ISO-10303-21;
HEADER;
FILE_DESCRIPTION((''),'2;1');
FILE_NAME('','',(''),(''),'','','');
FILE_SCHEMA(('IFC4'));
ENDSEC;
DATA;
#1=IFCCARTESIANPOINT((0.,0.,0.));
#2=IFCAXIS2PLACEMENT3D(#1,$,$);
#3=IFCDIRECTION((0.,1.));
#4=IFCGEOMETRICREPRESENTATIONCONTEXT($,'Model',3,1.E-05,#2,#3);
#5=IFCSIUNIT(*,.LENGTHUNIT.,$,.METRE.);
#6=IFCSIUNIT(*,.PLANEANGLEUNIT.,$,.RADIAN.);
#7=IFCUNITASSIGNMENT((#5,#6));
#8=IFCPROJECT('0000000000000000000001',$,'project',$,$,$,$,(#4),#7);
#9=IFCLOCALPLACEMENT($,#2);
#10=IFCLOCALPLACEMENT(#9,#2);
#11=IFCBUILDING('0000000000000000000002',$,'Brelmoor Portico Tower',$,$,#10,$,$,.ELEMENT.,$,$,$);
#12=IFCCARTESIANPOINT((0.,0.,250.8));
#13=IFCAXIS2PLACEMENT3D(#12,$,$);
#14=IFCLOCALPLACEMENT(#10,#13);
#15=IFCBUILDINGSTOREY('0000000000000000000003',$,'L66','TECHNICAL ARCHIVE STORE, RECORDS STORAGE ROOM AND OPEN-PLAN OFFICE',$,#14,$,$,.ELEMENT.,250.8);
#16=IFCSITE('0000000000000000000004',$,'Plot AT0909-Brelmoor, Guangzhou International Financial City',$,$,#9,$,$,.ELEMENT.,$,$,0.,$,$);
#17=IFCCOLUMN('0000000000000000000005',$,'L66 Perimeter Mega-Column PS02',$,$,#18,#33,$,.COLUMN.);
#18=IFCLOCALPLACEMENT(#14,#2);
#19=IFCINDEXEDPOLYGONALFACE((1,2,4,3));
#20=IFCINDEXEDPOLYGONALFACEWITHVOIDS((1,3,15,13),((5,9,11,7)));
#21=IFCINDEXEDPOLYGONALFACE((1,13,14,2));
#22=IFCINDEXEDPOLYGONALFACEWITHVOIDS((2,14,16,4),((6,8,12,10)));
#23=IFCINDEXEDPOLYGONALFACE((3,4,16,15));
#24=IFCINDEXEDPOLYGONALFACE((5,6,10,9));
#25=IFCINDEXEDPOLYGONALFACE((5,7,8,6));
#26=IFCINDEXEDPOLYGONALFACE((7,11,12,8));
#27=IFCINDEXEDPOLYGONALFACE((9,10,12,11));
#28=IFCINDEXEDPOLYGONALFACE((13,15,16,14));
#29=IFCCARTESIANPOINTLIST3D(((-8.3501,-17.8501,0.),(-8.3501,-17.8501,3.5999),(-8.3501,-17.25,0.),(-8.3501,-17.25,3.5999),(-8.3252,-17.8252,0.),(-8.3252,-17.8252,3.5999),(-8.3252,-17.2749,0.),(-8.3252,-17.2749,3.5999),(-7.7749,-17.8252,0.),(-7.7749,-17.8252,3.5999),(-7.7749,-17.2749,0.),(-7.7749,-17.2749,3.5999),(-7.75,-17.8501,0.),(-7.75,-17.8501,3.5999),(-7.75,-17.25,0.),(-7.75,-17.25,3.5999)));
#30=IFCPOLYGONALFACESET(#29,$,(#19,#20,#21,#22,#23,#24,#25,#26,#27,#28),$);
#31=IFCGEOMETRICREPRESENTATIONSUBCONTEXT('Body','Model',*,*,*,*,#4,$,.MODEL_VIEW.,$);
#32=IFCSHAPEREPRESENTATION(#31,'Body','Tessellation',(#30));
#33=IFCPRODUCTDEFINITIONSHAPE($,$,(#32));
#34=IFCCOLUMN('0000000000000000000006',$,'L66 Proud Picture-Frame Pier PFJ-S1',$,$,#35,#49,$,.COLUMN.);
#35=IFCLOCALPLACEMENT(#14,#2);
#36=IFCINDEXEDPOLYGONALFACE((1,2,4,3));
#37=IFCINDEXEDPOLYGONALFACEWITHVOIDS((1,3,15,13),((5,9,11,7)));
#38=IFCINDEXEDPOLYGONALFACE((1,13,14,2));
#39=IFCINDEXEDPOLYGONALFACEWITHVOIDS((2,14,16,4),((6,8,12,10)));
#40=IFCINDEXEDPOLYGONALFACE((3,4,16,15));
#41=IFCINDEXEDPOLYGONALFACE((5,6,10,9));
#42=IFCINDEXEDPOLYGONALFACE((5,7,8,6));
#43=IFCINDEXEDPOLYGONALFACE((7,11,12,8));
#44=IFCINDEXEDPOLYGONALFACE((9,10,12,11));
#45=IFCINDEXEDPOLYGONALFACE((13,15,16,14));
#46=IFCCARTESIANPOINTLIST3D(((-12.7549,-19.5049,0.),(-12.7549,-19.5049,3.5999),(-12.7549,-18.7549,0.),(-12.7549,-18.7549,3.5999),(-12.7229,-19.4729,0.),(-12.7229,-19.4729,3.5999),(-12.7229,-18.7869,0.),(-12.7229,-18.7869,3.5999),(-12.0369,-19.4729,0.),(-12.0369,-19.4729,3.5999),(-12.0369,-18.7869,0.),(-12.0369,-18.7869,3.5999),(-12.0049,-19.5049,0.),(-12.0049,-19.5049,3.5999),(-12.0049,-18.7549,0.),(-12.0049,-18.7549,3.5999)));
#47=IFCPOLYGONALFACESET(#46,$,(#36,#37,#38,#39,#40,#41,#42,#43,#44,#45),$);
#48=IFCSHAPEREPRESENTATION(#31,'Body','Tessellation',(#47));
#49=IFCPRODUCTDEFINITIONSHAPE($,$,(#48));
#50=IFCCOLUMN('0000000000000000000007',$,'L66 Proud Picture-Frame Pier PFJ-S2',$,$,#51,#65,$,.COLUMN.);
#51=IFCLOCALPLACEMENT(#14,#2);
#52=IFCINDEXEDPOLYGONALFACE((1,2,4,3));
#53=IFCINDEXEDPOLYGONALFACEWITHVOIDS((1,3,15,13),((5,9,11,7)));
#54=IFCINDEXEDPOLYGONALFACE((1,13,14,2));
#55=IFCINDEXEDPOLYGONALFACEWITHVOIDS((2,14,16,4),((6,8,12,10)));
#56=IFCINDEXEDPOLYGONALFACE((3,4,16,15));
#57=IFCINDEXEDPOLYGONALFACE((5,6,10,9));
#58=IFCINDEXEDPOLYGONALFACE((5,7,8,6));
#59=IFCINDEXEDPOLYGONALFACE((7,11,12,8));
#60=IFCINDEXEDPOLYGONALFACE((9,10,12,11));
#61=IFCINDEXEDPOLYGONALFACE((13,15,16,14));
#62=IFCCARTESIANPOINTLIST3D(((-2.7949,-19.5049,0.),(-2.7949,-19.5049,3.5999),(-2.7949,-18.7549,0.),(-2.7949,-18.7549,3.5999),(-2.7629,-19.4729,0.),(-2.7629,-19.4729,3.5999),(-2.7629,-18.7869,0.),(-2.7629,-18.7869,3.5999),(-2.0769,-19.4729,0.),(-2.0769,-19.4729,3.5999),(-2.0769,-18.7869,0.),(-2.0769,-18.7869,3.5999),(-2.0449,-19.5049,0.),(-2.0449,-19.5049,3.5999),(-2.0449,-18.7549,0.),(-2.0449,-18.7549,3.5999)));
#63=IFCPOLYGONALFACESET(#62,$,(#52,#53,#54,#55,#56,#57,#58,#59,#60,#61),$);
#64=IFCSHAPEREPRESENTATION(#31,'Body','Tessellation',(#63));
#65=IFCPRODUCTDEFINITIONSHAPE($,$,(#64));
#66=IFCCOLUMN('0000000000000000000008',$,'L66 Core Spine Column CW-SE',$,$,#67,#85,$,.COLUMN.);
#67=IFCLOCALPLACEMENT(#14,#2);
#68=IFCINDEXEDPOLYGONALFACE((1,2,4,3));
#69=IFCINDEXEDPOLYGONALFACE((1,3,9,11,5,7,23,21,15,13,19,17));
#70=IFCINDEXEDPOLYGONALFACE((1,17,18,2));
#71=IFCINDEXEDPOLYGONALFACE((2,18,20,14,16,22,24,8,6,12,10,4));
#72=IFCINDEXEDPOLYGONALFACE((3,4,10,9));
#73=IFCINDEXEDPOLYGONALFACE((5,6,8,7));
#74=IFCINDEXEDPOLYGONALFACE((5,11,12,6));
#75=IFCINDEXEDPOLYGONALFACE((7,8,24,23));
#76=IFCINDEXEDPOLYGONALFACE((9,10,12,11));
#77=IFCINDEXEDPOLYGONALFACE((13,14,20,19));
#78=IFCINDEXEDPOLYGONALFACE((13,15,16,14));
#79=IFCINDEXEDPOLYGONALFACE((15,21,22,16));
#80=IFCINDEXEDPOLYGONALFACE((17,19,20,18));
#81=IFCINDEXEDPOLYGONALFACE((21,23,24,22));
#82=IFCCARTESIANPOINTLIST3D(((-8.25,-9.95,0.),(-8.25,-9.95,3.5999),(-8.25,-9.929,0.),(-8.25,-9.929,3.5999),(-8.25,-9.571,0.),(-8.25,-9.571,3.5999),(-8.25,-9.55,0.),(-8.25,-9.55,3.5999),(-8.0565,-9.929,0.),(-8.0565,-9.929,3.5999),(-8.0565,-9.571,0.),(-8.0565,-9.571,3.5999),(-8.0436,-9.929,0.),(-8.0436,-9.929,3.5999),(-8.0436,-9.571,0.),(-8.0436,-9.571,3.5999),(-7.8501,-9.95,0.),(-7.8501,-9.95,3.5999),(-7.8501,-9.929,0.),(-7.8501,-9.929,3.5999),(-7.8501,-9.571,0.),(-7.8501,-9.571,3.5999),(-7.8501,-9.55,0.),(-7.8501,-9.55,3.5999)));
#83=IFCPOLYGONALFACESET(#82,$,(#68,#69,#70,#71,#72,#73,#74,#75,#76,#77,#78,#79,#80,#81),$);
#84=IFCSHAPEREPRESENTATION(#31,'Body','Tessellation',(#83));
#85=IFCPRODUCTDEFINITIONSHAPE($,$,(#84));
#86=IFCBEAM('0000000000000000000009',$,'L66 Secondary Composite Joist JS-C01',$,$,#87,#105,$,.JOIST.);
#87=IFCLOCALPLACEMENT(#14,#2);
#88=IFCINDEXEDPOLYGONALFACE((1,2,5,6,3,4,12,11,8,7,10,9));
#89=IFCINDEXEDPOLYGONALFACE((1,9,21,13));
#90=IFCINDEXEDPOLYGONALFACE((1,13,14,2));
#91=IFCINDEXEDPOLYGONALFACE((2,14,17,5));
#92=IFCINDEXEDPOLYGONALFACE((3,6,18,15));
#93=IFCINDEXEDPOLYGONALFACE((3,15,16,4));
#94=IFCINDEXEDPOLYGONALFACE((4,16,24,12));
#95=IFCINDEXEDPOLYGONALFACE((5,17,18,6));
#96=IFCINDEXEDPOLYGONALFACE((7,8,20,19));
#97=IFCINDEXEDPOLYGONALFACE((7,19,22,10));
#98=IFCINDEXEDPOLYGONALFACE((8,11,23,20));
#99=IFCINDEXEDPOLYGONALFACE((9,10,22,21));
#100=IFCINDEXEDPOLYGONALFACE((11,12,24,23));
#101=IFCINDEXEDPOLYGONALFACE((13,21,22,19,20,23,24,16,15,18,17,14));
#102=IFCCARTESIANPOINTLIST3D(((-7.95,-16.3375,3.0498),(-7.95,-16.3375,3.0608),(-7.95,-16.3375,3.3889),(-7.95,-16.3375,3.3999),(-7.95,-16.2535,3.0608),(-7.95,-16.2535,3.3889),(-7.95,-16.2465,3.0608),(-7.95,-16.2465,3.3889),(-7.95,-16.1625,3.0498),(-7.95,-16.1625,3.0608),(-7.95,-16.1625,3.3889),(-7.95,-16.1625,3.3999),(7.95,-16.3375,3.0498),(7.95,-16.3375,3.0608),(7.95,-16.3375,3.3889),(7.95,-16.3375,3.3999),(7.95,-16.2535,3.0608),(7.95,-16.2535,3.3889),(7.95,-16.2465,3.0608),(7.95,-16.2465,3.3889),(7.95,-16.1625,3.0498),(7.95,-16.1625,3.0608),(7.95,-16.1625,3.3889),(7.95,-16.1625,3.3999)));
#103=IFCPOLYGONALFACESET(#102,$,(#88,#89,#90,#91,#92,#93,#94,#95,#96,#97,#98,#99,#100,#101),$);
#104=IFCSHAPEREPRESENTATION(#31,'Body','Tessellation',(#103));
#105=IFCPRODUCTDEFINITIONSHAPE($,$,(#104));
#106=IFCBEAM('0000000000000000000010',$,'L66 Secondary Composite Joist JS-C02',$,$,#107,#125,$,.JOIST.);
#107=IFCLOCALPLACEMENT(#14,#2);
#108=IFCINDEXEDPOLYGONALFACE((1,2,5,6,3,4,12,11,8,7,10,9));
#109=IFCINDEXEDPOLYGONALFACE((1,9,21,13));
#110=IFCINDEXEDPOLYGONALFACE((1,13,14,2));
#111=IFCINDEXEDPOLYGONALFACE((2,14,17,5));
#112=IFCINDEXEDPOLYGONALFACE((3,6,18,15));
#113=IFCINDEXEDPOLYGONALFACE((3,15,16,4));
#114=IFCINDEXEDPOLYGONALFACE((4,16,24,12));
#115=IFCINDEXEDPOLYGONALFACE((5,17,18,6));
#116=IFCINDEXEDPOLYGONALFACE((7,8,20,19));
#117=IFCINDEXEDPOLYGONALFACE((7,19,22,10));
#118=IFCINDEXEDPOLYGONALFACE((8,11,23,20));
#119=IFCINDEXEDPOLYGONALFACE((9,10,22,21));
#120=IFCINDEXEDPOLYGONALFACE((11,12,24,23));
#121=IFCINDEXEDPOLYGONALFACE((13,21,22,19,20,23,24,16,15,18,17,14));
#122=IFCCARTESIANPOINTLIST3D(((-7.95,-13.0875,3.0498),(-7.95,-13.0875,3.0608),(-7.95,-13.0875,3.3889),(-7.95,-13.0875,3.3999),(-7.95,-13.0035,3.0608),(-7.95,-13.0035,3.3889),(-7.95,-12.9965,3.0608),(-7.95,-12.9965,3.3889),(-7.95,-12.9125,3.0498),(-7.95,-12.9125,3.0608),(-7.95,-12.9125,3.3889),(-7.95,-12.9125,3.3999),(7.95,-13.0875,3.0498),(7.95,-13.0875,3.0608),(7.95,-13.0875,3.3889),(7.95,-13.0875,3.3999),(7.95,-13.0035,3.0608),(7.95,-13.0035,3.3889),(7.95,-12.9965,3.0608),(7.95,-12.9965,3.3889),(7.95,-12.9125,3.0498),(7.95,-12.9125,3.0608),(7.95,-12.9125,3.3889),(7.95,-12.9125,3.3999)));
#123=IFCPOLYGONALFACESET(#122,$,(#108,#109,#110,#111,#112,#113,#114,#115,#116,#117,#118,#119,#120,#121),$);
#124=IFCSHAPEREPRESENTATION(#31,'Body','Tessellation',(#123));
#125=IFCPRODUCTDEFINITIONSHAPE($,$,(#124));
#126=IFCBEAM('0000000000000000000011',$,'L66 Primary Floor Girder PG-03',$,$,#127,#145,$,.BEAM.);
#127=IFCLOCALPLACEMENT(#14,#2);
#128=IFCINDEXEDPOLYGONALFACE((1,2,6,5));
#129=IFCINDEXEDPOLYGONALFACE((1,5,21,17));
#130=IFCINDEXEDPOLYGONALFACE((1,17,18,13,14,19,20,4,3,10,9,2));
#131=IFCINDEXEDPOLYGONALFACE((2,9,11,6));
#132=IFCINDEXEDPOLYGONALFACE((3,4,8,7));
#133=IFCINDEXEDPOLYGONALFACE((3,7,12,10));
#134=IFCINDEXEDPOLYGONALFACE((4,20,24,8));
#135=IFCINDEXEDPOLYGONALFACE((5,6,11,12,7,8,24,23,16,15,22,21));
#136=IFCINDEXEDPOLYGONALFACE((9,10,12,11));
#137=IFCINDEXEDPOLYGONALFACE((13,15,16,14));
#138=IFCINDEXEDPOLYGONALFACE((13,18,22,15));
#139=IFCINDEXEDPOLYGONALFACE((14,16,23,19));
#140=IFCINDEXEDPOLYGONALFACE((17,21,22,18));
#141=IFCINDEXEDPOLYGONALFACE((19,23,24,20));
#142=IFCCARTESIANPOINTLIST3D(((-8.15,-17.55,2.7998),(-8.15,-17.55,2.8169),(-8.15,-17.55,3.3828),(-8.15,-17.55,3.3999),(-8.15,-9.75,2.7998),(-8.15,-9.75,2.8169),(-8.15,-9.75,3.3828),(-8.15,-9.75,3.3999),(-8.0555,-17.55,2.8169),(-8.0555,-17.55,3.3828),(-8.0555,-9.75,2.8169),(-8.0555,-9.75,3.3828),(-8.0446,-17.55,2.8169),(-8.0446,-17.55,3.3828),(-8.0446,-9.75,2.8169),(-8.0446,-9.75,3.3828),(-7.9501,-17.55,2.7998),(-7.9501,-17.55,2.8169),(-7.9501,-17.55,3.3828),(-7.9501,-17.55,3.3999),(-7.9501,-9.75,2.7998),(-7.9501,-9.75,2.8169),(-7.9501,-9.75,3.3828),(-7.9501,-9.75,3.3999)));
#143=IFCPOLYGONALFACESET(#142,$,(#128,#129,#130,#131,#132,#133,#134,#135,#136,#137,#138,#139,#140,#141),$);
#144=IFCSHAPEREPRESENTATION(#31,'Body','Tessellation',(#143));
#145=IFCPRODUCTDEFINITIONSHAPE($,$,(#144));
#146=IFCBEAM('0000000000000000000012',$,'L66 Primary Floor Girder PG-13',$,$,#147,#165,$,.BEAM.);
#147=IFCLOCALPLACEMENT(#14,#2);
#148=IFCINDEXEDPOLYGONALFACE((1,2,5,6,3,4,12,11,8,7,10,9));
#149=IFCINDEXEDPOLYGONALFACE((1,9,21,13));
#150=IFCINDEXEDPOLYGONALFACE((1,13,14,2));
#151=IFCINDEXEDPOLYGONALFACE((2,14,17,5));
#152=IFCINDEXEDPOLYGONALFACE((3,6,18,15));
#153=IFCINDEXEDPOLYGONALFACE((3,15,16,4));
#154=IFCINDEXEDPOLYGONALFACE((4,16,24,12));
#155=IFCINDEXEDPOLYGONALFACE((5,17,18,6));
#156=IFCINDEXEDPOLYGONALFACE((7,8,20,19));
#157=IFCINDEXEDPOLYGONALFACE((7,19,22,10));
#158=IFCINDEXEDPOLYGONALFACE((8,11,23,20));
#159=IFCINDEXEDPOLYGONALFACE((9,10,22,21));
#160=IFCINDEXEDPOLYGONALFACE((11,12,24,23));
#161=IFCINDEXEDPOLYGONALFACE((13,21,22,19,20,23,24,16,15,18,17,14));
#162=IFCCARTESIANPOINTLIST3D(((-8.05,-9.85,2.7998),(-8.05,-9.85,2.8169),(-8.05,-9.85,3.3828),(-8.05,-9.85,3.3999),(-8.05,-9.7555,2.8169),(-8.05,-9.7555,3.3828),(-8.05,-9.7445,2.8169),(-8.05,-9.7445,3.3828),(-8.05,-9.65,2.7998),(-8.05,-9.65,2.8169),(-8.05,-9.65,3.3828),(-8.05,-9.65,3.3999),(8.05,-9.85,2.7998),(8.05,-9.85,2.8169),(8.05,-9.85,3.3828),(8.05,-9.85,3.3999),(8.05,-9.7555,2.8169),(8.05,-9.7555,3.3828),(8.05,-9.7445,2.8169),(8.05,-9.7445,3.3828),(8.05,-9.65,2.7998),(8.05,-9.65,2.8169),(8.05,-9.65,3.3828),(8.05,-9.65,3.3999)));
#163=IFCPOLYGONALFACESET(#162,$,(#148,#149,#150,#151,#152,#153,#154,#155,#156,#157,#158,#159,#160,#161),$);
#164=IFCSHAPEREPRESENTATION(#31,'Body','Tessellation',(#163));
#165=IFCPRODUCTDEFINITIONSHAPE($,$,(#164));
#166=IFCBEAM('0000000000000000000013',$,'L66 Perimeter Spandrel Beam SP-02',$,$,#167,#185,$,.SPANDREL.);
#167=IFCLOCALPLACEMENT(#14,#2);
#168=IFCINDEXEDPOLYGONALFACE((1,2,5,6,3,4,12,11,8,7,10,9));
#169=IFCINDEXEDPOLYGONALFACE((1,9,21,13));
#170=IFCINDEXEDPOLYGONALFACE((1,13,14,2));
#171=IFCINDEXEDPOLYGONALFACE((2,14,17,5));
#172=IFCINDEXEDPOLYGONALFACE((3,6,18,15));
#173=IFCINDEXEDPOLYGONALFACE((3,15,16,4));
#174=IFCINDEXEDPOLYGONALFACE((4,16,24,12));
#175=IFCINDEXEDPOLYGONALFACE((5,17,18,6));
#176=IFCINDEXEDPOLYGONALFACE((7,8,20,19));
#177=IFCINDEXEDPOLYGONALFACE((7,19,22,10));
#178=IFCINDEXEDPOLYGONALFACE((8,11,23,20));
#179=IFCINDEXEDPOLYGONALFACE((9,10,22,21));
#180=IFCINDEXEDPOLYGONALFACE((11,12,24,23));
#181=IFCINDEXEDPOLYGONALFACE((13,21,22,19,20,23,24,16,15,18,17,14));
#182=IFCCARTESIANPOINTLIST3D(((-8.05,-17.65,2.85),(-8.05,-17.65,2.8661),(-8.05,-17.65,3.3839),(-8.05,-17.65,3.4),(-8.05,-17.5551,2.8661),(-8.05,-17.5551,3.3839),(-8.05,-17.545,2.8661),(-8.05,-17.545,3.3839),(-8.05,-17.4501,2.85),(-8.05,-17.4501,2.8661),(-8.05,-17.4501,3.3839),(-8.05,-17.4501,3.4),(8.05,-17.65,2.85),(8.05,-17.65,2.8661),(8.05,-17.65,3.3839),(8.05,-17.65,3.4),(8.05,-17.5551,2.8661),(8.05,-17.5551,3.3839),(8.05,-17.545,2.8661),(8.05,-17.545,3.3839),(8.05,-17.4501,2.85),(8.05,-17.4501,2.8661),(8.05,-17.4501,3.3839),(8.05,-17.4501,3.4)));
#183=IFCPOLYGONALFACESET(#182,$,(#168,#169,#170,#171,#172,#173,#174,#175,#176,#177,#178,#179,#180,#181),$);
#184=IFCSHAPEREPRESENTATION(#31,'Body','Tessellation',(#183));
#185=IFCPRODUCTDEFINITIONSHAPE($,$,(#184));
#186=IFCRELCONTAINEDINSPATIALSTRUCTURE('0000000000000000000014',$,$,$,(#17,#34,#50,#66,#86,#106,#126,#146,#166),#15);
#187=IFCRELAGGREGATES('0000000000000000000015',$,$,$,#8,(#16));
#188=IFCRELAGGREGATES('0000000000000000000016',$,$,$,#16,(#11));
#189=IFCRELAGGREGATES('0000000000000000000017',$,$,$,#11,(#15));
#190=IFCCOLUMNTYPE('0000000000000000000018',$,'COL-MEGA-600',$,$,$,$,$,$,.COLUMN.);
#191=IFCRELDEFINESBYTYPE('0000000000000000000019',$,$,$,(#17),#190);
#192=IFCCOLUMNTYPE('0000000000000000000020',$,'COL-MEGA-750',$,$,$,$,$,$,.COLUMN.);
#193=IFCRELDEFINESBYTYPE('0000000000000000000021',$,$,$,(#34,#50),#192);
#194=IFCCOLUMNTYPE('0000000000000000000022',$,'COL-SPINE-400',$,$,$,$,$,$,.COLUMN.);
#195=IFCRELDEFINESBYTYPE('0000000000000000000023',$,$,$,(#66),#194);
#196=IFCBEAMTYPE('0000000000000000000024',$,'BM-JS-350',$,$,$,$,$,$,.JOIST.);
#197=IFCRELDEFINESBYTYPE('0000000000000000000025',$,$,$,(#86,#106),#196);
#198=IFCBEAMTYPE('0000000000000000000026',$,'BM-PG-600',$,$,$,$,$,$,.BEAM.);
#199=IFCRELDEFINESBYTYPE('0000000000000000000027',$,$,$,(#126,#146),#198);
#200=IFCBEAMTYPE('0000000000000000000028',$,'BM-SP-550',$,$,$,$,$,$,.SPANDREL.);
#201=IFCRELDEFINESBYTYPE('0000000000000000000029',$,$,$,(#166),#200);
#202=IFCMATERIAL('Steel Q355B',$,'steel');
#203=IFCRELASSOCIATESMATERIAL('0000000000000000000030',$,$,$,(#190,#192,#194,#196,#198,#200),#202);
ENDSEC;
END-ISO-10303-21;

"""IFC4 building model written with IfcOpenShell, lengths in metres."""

from ifc_helpers import new_model, si_unit, direction, frame, origin, origin_2d, place, context, subcontext, project, spatial, hollow_rectangle, i_section, extrude, material, material_profile, profile_set, type_object, element, save


model = new_model("IFC4")

# Units and contexts
model_context = context("Model", 3, precision=1e-05, world=origin(), true_north=direction((0.0, 1.0)))
body_context = subcontext(model_context, "Body", "Model", "MODEL_VIEW")
ifc_project = project(units=[si_unit("LENGTHUNIT", "METRE"), si_unit("PLANEANGLEUNIT", "RADIAN")], contexts=[model_context])

# Site, building, storey
site_placement = place(None, origin())
site = spatial("IfcSite", under=ifc_project, at=site_placement, Name="Plot AT0909-Brelmoor, Guangzhou International Financial City", CompositionType="ELEMENT", RefElevation=0.0)
building_placement = place(site_placement, origin())
building = spatial("IfcBuilding", under=site, at=building_placement, Name="Brelmoor Portico Tower", CompositionType="ELEMENT")
storey_placement = place(building_placement, frame((0.0, 0.0, 250.8)))
storey = spatial("IfcBuildingStorey", under=building, at=storey_placement, Name="L66", Description="TECHNICAL ARCHIVE STORE, RECORDS STORAGE ROOM AND OPEN-PLAN OFFICE", CompositionType="ELEMENT", Elevation=250.8)

# Columns
ifc_material_1 = material(Name="Steel Q355B", Category="steel")
ifc_material_profile_1 = material_profile(ifc_material_1, hollow_rectangle(XDim=0.6001, YDim=0.6001, WallThickness=0.0249, at=origin_2d()), Name="BOX 600x600x25")
ifc_profile_set_1 = profile_set([ifc_material_profile_1], Name="Steel Q355B")
column_type_1 = type_object("IfcColumnType", Name="COL-MEGA-600", PredefinedType="COLUMN", material=ifc_profile_set_1)
column_1_placement = place(storey_placement, frame((-8.05, -17.55, 0.0), z_axis=(0.0, 0.0, 1.0), x_axis=(1.0, 0.0, 0.0)))
element("IfcColumn", 1, at=column_1_placement, inside=storey, type_object=column_type_1, Name="L66 Perimeter Mega-Column PS02", PredefinedType="COLUMN", context=body_context, shape_type="SweptSolid", body=[
    extrude(hollow_rectangle(XDim=0.6001, YDim=0.6001, WallThickness=0.0249, at=origin_2d()), origin(), (0.0, 0.0, 1.0), 3.5999),
])
ifc_material_profile_2 = material_profile(ifc_material_1, hollow_rectangle(XDim=0.75, YDim=0.75, WallThickness=0.032, at=origin_2d()), Name="BOX 750x750x32")
ifc_profile_set_2 = profile_set([ifc_material_profile_2], Name="Steel Q355B")
column_type_2 = type_object("IfcColumnType", Name="COL-MEGA-750", PredefinedType="COLUMN", material=ifc_profile_set_2)
for number, where, z_axis, x_axis, name in (
    (2, (-12.3799, -19.1299, 0.0), (0.0, 0.0, 1.0), (1.0, 0.0, 0.0), "L66 Proud Picture-Frame Pier PFJ-S1"),
    (3, (-2.4199, -19.1299, 0.0), (0.0, 0.0, 1.0), (1.0, 0.0, 0.0), "L66 Proud Picture-Frame Pier PFJ-S2"),
):
    element("IfcColumn", number, at=place(storey_placement, frame(where, z_axis=z_axis, x_axis=x_axis)), inside=storey, type_object=column_type_2, Name=name, PredefinedType="COLUMN", context=body_context, shape_type="SweptSolid", body=[
        extrude(hollow_rectangle(XDim=0.75, YDim=0.75, WallThickness=0.032, at=origin_2d()), origin(), (0.0, 0.0, 1.0), 3.5999),
    ])
ifc_material_profile_3 = material_profile(ifc_material_1, i_section(OverallWidth=0.3999, OverallDepth=0.3999, WebThickness=0.0129, FlangeThickness=0.021, at=origin_2d()), Name="HW 400x400x13x21")
ifc_profile_set_3 = profile_set([ifc_material_profile_3], Name="Steel Q355B")
column_type_3 = type_object("IfcColumnType", Name="COL-SPINE-400", PredefinedType="COLUMN", material=ifc_profile_set_3)
column_2_placement = place(storey_placement, frame((-8.05, -9.75, 0.0), z_axis=(0.0, 0.0, 1.0), x_axis=(1.0, 0.0, 0.0)))
element("IfcColumn", 4, at=column_2_placement, inside=storey, type_object=column_type_3, Name="L66 Core Spine Column CW-SE", PredefinedType="COLUMN", context=body_context, shape_type="SweptSolid", body=[
    extrude(i_section(OverallWidth=0.3999, OverallDepth=0.3999, WebThickness=0.0129, FlangeThickness=0.021, at=origin_2d()), origin(), (0.0, 0.0, 1.0), 3.5999),
])

# Beams
ifc_material_profile_4 = material_profile(ifc_material_1, i_section(OverallWidth=0.175, OverallDepth=0.3501, WebThickness=0.0071, FlangeThickness=0.011, at=origin_2d()), Name="HN 350x175x7x11")
ifc_profile_set_4 = profile_set([ifc_material_profile_4], Name="Steel Q355B")
beam_type_1 = type_object("IfcBeamType", Name="BM-JS-350", PredefinedType="JOIST", material=ifc_profile_set_4)
for number, where, z_axis, x_axis, name in (
    (5, (-7.95, -16.25, 3.2249), (1.0, 0.0, 0.0), (0.0, 1.0, 0.0), "L66 Secondary Composite Joist JS-C01"),
    (6, (-7.95, -13.0, 3.2249), (1.0, 0.0, 0.0), (0.0, 1.0, 0.0), "L66 Secondary Composite Joist JS-C02"),
):
    element("IfcBeam", number, at=place(storey_placement, frame(where, z_axis=z_axis, x_axis=x_axis)), inside=storey, type_object=beam_type_1, Name=name, PredefinedType="JOIST", context=body_context, shape_type="SweptSolid", body=[
        extrude(i_section(OverallWidth=0.175, OverallDepth=0.3501, WebThickness=0.0071, FlangeThickness=0.011, at=origin_2d()), origin(), (0.0, 0.0, 1.0), 15.8999),
    ])
ifc_material_profile_5 = material_profile(ifc_material_1, i_section(OverallWidth=0.2, OverallDepth=0.6001, WebThickness=0.011, FlangeThickness=0.0171, at=origin_2d()), Name="HN 600x200x11x17")
ifc_profile_set_5 = profile_set([ifc_material_profile_5], Name="Steel Q355B")
beam_type_2 = type_object("IfcBeamType", Name="BM-PG-600", PredefinedType="BEAM", material=ifc_profile_set_5)
beam_1_placement = place(storey_placement, frame((-8.05, -17.55, 3.0999), z_axis=(0.0, 1.0, 0.0), x_axis=(-1.0, 0.0, 0.0)))
element("IfcBeam", 7, at=beam_1_placement, inside=storey, type_object=beam_type_2, Name="L66 Primary Floor Girder PG-03", PredefinedType="BEAM", context=body_context, shape_type="SweptSolid", body=[
    extrude(i_section(OverallWidth=0.2, OverallDepth=0.6001, WebThickness=0.011, FlangeThickness=0.0171, at=origin_2d()), origin(), (0.0, 0.0, 1.0), 7.8),
])
beam_2_placement = place(storey_placement, frame((-8.05, -9.75, 3.0999), z_axis=(1.0, 0.0, 0.0), x_axis=(0.0, 1.0, 0.0)))
element("IfcBeam", 8, at=beam_2_placement, inside=storey, type_object=beam_type_2, Name="L66 Primary Floor Girder PG-13", PredefinedType="BEAM", context=body_context, shape_type="SweptSolid", body=[
    extrude(i_section(OverallWidth=0.2, OverallDepth=0.6001, WebThickness=0.011, FlangeThickness=0.0171, at=origin_2d()), origin(), (0.0, 0.0, 1.0), 16.1001),
])
ifc_material_profile_6 = material_profile(ifc_material_1, i_section(OverallWidth=0.2, OverallDepth=0.55, WebThickness=0.01, FlangeThickness=0.0161, at=origin_2d()), Name="HN 550x200x10x16")
ifc_profile_set_6 = profile_set([ifc_material_profile_6], Name="Steel Q355B")
beam_type_3 = type_object("IfcBeamType", Name="BM-SP-550", PredefinedType="SPANDREL", material=ifc_profile_set_6)
beam_3_placement = place(storey_placement, frame((-8.05, -17.55, 3.125), z_axis=(1.0, 0.0, 0.0), x_axis=(0.0, 1.0, 0.0)))
element("IfcBeam", 9, at=beam_3_placement, inside=storey, type_object=beam_type_3, Name="L66 Perimeter Spandrel Beam SP-02", PredefinedType="SPANDREL", context=body_context, shape_type="SweptSolid", body=[
    extrude(i_section(OverallWidth=0.2, OverallDepth=0.55, WebThickness=0.01, FlangeThickness=0.0161, at=origin_2d()), origin(), (0.0, 0.0, 1.0), 16.1001),
])

save(model, "model.ifc")
